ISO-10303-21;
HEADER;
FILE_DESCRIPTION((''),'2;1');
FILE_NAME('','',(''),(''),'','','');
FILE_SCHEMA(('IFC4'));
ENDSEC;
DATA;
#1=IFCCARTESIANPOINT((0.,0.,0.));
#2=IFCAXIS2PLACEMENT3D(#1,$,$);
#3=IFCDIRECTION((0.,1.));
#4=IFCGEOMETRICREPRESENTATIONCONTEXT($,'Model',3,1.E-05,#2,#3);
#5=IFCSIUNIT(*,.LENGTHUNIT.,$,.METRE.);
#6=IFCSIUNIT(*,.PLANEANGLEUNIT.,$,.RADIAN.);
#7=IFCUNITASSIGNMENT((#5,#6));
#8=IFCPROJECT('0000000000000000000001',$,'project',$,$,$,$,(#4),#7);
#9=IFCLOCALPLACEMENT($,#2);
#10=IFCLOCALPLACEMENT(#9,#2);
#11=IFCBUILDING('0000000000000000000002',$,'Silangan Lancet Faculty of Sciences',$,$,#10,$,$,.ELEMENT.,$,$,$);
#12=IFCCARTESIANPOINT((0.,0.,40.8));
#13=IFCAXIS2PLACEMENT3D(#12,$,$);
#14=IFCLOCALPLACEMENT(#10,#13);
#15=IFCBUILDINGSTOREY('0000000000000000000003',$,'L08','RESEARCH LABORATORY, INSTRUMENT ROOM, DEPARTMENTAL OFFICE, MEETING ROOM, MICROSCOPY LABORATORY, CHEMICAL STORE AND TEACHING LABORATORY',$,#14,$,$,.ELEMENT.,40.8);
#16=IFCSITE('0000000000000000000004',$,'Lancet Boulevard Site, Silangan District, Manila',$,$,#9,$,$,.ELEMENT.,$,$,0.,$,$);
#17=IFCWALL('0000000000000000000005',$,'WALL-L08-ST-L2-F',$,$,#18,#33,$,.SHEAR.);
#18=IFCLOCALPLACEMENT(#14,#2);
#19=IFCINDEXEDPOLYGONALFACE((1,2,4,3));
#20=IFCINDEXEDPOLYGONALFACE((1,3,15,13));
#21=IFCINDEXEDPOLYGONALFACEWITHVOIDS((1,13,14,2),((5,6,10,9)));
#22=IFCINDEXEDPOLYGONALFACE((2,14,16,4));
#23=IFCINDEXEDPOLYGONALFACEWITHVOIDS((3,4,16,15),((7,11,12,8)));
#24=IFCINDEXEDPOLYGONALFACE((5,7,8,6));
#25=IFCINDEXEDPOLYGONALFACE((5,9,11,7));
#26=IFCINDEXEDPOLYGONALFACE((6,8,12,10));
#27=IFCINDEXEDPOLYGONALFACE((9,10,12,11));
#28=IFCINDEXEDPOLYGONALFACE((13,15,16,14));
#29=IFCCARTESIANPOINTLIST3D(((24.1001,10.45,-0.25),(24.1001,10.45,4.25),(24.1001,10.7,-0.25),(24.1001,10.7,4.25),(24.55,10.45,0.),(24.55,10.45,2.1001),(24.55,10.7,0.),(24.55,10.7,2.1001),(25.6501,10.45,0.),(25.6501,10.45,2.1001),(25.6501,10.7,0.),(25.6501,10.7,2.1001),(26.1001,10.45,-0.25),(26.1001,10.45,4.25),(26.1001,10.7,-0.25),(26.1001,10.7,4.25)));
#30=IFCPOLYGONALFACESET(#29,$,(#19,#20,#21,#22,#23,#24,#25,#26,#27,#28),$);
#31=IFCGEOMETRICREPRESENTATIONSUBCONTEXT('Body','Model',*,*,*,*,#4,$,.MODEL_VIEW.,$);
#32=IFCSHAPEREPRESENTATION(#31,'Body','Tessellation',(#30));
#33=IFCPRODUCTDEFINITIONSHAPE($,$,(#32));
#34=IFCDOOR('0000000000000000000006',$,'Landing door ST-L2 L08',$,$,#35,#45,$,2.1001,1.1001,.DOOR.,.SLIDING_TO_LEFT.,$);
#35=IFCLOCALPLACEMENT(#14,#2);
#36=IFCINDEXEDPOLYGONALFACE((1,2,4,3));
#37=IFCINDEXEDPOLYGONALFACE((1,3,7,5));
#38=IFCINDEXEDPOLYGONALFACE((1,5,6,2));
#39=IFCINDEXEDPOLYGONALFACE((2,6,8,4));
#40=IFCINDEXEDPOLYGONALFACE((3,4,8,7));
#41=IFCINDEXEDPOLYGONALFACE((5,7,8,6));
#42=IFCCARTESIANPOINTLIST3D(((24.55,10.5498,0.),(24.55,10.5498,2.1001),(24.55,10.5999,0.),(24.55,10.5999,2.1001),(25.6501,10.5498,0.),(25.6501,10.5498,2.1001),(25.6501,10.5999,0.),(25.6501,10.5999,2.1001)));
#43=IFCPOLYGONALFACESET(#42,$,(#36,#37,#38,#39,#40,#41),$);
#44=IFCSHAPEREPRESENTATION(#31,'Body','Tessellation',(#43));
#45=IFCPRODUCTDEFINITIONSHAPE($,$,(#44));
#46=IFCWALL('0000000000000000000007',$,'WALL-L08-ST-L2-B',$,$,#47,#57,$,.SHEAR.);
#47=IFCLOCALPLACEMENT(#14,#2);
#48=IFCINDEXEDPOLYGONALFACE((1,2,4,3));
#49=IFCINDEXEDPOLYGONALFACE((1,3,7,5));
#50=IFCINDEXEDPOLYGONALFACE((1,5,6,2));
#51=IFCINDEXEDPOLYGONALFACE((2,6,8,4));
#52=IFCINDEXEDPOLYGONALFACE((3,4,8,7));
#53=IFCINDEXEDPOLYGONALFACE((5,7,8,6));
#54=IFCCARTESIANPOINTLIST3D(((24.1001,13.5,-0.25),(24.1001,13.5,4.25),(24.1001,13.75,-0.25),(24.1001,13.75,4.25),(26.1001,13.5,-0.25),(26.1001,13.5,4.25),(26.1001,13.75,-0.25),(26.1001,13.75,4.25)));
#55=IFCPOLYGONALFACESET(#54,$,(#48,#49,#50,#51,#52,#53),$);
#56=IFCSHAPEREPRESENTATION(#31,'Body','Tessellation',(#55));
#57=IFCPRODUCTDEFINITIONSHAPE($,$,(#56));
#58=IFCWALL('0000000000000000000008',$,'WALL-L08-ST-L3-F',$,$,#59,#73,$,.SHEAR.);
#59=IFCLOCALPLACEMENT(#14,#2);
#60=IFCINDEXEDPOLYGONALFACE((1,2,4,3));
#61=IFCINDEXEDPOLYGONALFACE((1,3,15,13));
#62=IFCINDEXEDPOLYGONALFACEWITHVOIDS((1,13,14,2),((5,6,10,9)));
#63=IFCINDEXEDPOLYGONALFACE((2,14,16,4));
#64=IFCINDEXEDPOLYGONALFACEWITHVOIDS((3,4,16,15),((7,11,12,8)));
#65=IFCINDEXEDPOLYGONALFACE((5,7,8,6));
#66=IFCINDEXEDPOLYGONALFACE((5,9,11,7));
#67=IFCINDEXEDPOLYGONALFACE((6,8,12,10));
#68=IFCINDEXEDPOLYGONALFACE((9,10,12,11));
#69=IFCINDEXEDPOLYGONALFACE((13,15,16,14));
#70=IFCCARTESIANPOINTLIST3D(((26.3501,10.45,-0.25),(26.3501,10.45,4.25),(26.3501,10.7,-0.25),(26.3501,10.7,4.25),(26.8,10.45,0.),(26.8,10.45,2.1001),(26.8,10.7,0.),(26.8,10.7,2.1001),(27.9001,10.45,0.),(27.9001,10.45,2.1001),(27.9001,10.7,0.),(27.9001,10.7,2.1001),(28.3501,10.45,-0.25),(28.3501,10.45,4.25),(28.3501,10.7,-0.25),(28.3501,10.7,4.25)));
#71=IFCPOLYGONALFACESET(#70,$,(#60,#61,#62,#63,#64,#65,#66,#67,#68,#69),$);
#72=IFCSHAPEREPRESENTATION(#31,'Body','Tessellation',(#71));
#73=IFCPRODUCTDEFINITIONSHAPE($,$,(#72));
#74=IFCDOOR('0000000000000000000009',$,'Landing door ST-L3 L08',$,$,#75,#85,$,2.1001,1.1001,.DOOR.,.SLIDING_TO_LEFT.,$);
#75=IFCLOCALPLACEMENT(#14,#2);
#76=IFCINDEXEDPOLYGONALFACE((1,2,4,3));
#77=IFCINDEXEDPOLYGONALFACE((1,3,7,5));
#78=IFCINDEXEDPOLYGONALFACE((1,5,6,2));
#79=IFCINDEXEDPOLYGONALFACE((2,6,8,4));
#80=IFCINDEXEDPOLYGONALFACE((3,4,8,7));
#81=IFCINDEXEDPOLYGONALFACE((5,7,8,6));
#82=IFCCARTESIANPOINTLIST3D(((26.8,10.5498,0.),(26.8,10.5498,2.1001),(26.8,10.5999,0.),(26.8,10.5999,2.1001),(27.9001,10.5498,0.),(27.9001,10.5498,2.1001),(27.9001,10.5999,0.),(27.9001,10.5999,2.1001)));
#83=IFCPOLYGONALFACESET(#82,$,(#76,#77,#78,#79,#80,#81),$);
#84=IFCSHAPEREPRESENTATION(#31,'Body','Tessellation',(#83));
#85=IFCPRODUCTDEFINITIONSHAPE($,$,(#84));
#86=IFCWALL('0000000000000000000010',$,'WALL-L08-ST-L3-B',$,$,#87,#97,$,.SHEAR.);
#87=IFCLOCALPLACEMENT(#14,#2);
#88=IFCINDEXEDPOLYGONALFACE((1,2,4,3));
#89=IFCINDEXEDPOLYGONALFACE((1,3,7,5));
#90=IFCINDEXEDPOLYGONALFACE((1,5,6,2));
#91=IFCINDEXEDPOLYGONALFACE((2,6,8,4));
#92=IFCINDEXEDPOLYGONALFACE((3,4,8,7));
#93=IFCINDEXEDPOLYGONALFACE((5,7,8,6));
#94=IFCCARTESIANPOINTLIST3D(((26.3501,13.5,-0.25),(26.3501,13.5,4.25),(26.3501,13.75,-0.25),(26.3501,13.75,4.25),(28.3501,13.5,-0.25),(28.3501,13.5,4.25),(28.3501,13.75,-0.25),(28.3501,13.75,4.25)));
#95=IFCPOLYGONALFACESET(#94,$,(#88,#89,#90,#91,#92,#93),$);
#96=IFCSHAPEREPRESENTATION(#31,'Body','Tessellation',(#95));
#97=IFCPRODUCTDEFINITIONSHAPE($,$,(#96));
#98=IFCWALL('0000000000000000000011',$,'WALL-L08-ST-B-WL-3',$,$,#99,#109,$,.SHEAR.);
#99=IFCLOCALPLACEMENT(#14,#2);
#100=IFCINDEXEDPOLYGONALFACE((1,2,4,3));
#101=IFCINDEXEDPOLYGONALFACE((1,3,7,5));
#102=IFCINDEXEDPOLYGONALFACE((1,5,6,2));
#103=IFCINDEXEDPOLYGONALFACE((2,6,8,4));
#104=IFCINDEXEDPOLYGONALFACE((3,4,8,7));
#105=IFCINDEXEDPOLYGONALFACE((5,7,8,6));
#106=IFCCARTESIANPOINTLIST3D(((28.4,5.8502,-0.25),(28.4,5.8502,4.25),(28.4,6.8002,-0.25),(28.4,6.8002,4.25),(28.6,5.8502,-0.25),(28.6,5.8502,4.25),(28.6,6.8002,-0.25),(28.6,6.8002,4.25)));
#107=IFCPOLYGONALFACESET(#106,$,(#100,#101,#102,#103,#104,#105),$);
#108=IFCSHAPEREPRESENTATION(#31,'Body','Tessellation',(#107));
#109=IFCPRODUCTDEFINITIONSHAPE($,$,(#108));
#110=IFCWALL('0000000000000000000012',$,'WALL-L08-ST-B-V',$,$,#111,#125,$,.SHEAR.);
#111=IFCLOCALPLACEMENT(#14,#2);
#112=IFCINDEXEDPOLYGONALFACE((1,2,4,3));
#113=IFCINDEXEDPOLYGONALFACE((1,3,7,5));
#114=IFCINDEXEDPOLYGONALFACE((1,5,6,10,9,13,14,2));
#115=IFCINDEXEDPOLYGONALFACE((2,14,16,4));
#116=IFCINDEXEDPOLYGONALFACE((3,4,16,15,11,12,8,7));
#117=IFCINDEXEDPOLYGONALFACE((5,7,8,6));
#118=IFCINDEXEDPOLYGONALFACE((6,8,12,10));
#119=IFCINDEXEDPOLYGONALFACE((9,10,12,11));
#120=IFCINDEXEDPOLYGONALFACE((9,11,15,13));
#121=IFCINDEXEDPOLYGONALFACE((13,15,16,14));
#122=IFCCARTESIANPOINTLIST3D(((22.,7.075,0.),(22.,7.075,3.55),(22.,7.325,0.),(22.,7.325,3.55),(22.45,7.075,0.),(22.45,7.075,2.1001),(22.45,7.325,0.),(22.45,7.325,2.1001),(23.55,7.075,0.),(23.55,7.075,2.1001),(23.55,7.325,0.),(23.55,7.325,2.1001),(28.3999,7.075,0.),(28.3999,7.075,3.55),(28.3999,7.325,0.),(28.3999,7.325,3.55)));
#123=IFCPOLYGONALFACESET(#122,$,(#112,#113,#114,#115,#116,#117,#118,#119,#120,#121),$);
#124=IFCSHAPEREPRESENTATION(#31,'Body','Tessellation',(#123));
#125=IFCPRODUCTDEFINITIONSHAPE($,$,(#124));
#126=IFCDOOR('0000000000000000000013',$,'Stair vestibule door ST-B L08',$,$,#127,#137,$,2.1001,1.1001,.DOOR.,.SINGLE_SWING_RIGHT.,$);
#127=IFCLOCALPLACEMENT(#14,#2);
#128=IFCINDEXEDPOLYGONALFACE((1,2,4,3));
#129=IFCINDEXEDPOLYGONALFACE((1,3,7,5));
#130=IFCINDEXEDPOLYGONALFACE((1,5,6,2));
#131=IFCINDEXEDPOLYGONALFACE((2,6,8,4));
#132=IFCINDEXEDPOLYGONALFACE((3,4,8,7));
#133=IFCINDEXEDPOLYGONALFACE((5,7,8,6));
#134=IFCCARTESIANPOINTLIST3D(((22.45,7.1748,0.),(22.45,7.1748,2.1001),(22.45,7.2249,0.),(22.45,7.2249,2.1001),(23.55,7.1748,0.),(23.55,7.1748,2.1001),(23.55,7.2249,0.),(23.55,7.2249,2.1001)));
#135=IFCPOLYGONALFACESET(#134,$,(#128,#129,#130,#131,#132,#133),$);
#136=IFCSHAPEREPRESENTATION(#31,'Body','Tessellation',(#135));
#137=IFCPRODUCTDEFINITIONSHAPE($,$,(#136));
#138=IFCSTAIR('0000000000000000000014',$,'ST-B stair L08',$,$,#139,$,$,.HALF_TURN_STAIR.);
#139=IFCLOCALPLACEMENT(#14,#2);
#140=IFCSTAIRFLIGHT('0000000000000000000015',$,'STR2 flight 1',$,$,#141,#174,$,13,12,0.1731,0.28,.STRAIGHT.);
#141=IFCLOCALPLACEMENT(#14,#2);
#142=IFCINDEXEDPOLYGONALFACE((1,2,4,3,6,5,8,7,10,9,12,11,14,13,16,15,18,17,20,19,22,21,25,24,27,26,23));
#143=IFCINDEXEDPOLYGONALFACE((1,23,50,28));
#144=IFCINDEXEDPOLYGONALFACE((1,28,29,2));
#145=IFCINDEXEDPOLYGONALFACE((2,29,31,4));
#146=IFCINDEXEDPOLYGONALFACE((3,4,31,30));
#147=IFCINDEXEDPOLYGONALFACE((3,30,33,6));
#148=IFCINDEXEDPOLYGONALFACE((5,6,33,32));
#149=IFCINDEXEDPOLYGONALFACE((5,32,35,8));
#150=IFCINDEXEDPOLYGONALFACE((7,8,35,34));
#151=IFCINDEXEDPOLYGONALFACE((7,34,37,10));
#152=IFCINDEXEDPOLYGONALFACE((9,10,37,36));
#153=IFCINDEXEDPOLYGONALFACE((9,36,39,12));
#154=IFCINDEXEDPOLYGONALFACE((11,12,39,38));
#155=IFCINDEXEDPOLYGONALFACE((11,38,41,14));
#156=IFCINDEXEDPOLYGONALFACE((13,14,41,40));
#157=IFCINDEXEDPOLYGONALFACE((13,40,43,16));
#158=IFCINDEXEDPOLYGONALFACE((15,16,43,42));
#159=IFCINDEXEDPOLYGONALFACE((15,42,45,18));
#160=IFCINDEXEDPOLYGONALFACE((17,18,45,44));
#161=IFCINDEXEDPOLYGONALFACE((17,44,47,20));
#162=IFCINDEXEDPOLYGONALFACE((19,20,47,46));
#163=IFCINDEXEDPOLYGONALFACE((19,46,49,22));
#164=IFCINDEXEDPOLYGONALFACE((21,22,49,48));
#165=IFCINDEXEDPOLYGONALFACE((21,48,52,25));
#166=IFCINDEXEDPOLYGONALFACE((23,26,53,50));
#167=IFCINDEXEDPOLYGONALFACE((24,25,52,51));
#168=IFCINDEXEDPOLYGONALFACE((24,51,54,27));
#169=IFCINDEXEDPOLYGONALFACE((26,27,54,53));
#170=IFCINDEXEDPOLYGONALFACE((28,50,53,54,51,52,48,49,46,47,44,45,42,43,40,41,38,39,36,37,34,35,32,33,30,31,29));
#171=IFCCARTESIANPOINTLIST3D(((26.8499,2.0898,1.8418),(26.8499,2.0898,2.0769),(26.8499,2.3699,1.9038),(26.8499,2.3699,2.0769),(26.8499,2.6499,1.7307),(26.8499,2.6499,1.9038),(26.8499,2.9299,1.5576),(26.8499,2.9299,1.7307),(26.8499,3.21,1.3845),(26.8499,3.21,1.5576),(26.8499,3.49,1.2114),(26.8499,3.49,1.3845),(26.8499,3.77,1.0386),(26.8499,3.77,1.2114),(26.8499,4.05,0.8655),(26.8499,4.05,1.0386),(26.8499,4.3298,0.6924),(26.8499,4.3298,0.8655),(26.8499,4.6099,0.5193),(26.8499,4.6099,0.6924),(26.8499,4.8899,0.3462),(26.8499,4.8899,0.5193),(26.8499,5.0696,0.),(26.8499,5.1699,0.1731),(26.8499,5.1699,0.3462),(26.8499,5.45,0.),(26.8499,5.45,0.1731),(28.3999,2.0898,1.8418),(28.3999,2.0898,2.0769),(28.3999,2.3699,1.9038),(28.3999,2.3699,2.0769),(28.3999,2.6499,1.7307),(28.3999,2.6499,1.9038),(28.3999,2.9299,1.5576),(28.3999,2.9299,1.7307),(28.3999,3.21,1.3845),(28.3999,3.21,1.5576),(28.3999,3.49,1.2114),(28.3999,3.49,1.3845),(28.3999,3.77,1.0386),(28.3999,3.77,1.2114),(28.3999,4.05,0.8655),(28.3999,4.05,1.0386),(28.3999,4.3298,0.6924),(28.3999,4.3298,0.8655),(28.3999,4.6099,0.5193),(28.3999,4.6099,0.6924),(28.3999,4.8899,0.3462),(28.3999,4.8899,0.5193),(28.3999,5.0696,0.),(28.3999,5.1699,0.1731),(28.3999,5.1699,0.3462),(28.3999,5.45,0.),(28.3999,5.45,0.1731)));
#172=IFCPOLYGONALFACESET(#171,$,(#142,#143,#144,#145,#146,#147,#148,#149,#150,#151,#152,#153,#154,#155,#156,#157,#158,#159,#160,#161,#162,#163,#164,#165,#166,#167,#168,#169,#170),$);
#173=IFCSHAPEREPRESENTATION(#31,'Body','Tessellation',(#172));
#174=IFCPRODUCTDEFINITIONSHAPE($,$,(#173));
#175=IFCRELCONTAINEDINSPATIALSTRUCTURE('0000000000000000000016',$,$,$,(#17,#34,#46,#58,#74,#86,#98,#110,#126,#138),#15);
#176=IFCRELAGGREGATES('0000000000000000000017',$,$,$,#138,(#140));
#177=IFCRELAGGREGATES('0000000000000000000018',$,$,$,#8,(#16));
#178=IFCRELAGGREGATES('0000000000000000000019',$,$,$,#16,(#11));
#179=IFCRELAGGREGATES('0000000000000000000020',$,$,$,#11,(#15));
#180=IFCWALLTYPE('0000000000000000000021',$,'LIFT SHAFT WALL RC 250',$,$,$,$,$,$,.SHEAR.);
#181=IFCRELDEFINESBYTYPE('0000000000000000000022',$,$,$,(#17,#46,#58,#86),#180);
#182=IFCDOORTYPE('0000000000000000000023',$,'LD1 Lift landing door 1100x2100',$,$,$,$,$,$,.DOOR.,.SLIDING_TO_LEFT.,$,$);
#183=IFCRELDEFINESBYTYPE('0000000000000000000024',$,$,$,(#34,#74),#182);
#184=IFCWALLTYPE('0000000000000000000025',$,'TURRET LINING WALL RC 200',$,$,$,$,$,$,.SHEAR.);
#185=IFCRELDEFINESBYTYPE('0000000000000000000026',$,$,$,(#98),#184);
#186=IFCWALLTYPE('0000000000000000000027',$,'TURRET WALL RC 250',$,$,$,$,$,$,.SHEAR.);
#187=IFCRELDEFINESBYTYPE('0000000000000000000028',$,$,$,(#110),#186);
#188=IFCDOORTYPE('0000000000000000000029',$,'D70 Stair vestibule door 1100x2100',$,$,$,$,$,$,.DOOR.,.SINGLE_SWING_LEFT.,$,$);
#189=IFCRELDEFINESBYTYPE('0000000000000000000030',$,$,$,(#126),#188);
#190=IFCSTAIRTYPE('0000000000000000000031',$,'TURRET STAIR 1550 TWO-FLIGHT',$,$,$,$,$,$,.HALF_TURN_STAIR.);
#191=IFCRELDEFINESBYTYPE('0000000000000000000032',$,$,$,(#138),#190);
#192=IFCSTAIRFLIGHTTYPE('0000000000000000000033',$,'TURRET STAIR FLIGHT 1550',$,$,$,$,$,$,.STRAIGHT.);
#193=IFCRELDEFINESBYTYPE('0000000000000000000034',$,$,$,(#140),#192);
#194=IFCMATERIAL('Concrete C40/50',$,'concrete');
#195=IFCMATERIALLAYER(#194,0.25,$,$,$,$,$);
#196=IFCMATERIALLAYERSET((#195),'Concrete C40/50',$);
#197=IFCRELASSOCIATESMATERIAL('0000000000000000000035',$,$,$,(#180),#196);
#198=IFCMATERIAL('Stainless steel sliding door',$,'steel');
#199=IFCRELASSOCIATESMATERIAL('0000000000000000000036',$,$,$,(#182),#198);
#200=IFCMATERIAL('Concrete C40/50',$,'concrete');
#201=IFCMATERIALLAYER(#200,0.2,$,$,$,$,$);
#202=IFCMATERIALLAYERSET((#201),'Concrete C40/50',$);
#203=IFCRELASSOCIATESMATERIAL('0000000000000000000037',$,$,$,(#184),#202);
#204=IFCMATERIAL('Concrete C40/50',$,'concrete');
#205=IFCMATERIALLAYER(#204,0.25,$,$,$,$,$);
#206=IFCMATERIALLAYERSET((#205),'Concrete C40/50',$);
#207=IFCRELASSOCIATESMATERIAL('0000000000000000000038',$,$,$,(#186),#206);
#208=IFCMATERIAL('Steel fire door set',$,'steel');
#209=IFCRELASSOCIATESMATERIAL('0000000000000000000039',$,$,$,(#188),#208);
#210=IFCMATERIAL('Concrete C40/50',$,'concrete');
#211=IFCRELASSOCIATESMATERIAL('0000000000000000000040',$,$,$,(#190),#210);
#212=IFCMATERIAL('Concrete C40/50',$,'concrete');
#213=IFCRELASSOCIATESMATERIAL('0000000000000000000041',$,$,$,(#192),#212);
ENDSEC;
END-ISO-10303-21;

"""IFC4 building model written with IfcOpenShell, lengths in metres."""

from ifc_helpers import new_model, si_unit, direction, frame, frame_2d, origin, place, context, subcontext, project, spatial, polyline, rectangle, outline, extrude, material, layer, layer_set, type_object, element, fill, aggregate, save


model = new_model("IFC4")

# Units and contexts
model_context = context("Model", 3, precision=1e-05, world=origin(), true_north=direction((0.0, 1.0)))
body_context = subcontext(model_context, "Body", "Model", "MODEL_VIEW")
ifc_project = project(units=[si_unit("LENGTHUNIT", "METRE"), si_unit("PLANEANGLEUNIT", "RADIAN")], contexts=[model_context])

# Site, building, storey
site_placement = place(None, origin())
site = spatial("IfcSite", under=ifc_project, at=site_placement, Name="Lancet Boulevard Site, Silangan District, Manila", CompositionType="ELEMENT", RefElevation=0.0)
building_placement = place(site_placement, origin())
building = spatial("IfcBuilding", under=site, at=building_placement, Name="Silangan Lancet Faculty of Sciences", CompositionType="ELEMENT")
storey_placement = place(building_placement, frame((0.0, 0.0, 40.8)))
storey = spatial("IfcBuildingStorey", under=building, at=storey_placement, Name="L08", Description="RESEARCH LABORATORY, INSTRUMENT ROOM, DEPARTMENTAL OFFICE, MEETING ROOM, MICROSCOPY LABORATORY, CHEMICAL STORE AND TEACHING LABORATORY", CompositionType="ELEMENT", Elevation=40.8)

# Shared definitions
ifc_material_1 = material(Name="Concrete C40/50", Category="concrete")
ifc_layer_1 = layer(ifc_material_1, 0.25)
ifc_layer_set_1 = layer_set([ifc_layer_1], Name="Concrete C40/50")
wall_type_1 = type_object("IfcWallType", Name="LIFT SHAFT WALL RC 250", PredefinedType="SHEAR", material=ifc_layer_set_1)

# Shared definitions
ifc_material_2 = material(Name="Stainless steel sliding door", Category="steel")
door_type_1 = type_object("IfcDoorType", Name="LD1 Lift landing door 1100x2100", OperationType="SLIDING_TO_LEFT", PredefinedType="DOOR", material=ifc_material_2)

# Wall, opening, door
wall_1_placement = place(storey_placement, frame((24.1001, 10.575, -0.25), z_axis=(0.0, 0.0, 1.0), x_axis=(1.0, 0.0, 0.0)))
wall_1 = element("IfcWall", 1, at=wall_1_placement, inside=storey, type_object=wall_type_1, Name="WALL-L08-ST-L2-F", PredefinedType="SHEAR", context=body_context, shape_type="SweptSolid", body=[
    extrude(rectangle(XDim=2.0, YDim=0.25, at=frame_2d((1.0, 0.0))), origin(), (0.0, 0.0, 1.0), 4.5),
])
opening_1_placement = place(wall_1_placement, frame((0.45, 0.0, 0.25)))
opening_1 = element("IfcOpeningElement", 2, at=opening_1_placement, cuts=wall_1, PredefinedType="OPENING", context=body_context, shape_type="SweptSolid", body=[
    extrude(rectangle(XDim=1.1001, YDim=2.1001, at=frame_2d((0.55, 1.05))), frame((0.0, 0.135, 0.0), z_axis=(0.0, -1.0, 0.0), x_axis=(1.0, 0.0, 0.0)), (0.0, 0.0, 1.0), 0.27),
])
door_1_placement = place(opening_1_placement, origin())
door_1 = element("IfcDoor", 3, at=door_1_placement, inside=storey, type_object=door_type_1, Name="Landing door ST-L2 L08", OperationType="SLIDING_TO_LEFT", OverallHeight=2.1001, OverallWidth=1.1001, PredefinedType="DOOR", context=body_context, shape_type="SweptSolid", body=[
    extrude(rectangle(XDim=1.1001, YDim=2.1001, at=frame_2d((0.55, 1.05))), frame((0.0, 0.0249, 0.0), z_axis=(0.0, -1.0, 0.0), x_axis=(1.0, 0.0, 0.0)), (0.0, 0.0, 1.0), 0.05),
])
fill(opening_1, door_1)

# Wall
wall_2_placement = place(storey_placement, frame((24.1001, 13.625, -0.25), z_axis=(0.0, 0.0, 1.0), x_axis=(1.0, 0.0, 0.0)))
element("IfcWall", 4, at=wall_2_placement, inside=storey, type_object=wall_type_1, Name="WALL-L08-ST-L2-B", PredefinedType="SHEAR", context=body_context, shape_type="SweptSolid", body=[
    extrude(rectangle(XDim=2.0, YDim=0.25, at=frame_2d((1.0, 0.0))), origin(), (0.0, 0.0, 1.0), 4.5),
])

# Wall, opening, door
wall_3_placement = place(storey_placement, frame((26.3501, 10.575, -0.25), z_axis=(0.0, 0.0, 1.0), x_axis=(1.0, 0.0, 0.0)))
wall_3 = element("IfcWall", 5, at=wall_3_placement, inside=storey, type_object=wall_type_1, Name="WALL-L08-ST-L3-F", PredefinedType="SHEAR", context=body_context, shape_type="SweptSolid", body=[
    extrude(rectangle(XDim=2.0, YDim=0.25, at=frame_2d((1.0, 0.0))), origin(), (0.0, 0.0, 1.0), 4.5),
])
opening_2_placement = place(wall_3_placement, frame((0.45, 0.0, 0.25)))
opening_2 = element("IfcOpeningElement", 6, at=opening_2_placement, cuts=wall_3, PredefinedType="OPENING", context=body_context, shape_type="SweptSolid", body=[
    extrude(rectangle(XDim=1.1001, YDim=2.1001, at=frame_2d((0.55, 1.05))), frame((0.0, 0.135, 0.0), z_axis=(0.0, -1.0, 0.0), x_axis=(1.0, 0.0, 0.0)), (0.0, 0.0, 1.0), 0.27),
])
door_2_placement = place(opening_2_placement, origin())
door_2 = element("IfcDoor", 7, at=door_2_placement, inside=storey, type_object=door_type_1, Name="Landing door ST-L3 L08", OperationType="SLIDING_TO_LEFT", OverallHeight=2.1001, OverallWidth=1.1001, PredefinedType="DOOR", context=body_context, shape_type="SweptSolid", body=[
    extrude(rectangle(XDim=1.1001, YDim=2.1001, at=frame_2d((0.55, 1.05))), frame((0.0, 0.0249, 0.0), z_axis=(0.0, -1.0, 0.0), x_axis=(1.0, 0.0, 0.0)), (0.0, 0.0, 1.0), 0.05),
])
fill(opening_2, door_2)

# Walls
wall_4_placement = place(storey_placement, frame((26.3501, 13.625, -0.25), z_axis=(0.0, 0.0, 1.0), x_axis=(1.0, 0.0, 0.0)))
element("IfcWall", 8, at=wall_4_placement, inside=storey, type_object=wall_type_1, Name="WALL-L08-ST-L3-B", PredefinedType="SHEAR", context=body_context, shape_type="SweptSolid", body=[
    extrude(rectangle(XDim=2.0, YDim=0.25, at=frame_2d((1.0, 0.0))), origin(), (0.0, 0.0, 1.0), 4.5),
])
ifc_material_3 = material(Name="Concrete C40/50", Category="concrete")
ifc_layer_2 = layer(ifc_material_3, 0.2)
ifc_layer_set_2 = layer_set([ifc_layer_2], Name="Concrete C40/50")
wall_type_2 = type_object("IfcWallType", Name="TURRET LINING WALL RC 200", PredefinedType="SHEAR", material=ifc_layer_set_2)
wall_5_placement = place(storey_placement, frame((28.5, 5.8501, -0.25), z_axis=(0.0, 0.0, 1.0), x_axis=(0.0, 1.0, 0.0)))
element("IfcWall", 9, at=wall_5_placement, inside=storey, type_object=wall_type_2, Name="WALL-L08-ST-B-WL-3", PredefinedType="SHEAR", context=body_context, shape_type="SweptSolid", body=[
    extrude(rectangle(XDim=0.95, YDim=0.2, at=frame_2d((0.4751, 0.0))), origin(), (0.0, 0.0, 1.0), 4.5),
])

# Wall, opening, door
ifc_material_4 = material(Name="Concrete C40/50", Category="concrete")
ifc_layer_3 = layer(ifc_material_4, 0.25)
ifc_layer_set_3 = layer_set([ifc_layer_3], Name="Concrete C40/50")
wall_type_3 = type_object("IfcWallType", Name="TURRET WALL RC 250", PredefinedType="SHEAR", material=ifc_layer_set_3)
wall_6_placement = place(storey_placement, frame((22.0, 7.2, 0.0), z_axis=(0.0, 0.0, 1.0), x_axis=(1.0, 0.0, 0.0)))
wall_6 = element("IfcWall", 10, at=wall_6_placement, inside=storey, type_object=wall_type_3, Name="WALL-L08-ST-B-V", PredefinedType="SHEAR", context=body_context, shape_type="SweptSolid", body=[
    extrude(rectangle(XDim=6.3999, YDim=0.25, at=frame_2d((3.2, 0.0))), origin(), (0.0, 0.0, 1.0), 3.55),
])
opening_3_placement = place(wall_6_placement, frame((0.45, 0.0, 0.0)))
opening_3 = element("IfcOpeningElement", 11, at=opening_3_placement, cuts=wall_6, PredefinedType="OPENING", context=body_context, shape_type="SweptSolid", body=[
    extrude(rectangle(XDim=1.1001, YDim=2.1001, at=frame_2d((0.55, 1.05))), frame((0.0, 0.135, 0.0), z_axis=(0.0, -1.0, 0.0), x_axis=(1.0, 0.0, 0.0)), (0.0, 0.0, 1.0), 0.27),
])
ifc_material_5 = material(Name="Steel fire door set", Category="steel")
door_type_2 = type_object("IfcDoorType", Name="D70 Stair vestibule door 1100x2100", OperationType="SINGLE_SWING_LEFT", PredefinedType="DOOR", material=ifc_material_5)
door_3_placement = place(opening_3_placement, frame((1.1001, 0.0, 0.0), z_axis=(0.0, 0.0, 1.0), x_axis=(-1.0, 0.0, 0.0)))
door_3 = element("IfcDoor", 12, at=door_3_placement, inside=storey, type_object=door_type_2, Name="Stair vestibule door ST-B L08", OperationType="SINGLE_SWING_RIGHT", OverallHeight=2.1001, OverallWidth=1.1001, PredefinedType="DOOR", context=body_context, shape_type="SweptSolid", body=[
    extrude(rectangle(XDim=1.1001, YDim=2.1001, at=frame_2d((0.55, 1.05))), frame((0.0, 0.0251, 0.0), z_axis=(0.0, -1.0, 0.0), x_axis=(1.0, 0.0, 0.0)), (0.0, 0.0, 1.0), 0.05),
])
fill(opening_3, door_3)

# Stair, stair flight
ifc_material_6 = material(Name="Concrete C40/50", Category="concrete")
stair_type = type_object("IfcStairType", Name="TURRET STAIR 1550 TWO-FLIGHT", PredefinedType="HALF_TURN_STAIR", material=ifc_material_6)
stair_placement = place(storey_placement, origin())
stair = element("IfcStair", 13, at=stair_placement, inside=storey, type_object=stair_type, Name="ST-B stair L08", PredefinedType="HALF_TURN_STAIR")
ifc_material_7 = material(Name="Concrete C40/50", Category="concrete")
stair_flight_type = type_object("IfcStairFlightType", Name="TURRET STAIR FLIGHT 1550", PredefinedType="STRAIGHT", material=ifc_material_7)
stair_flight_placement = place(storey_placement, frame((27.625, 5.45, 0.0), z_axis=(0.0, 0.0, 1.0), x_axis=(0.0, -1.0, 0.0)))
stair_flight = element("IfcStairFlight", 14, at=stair_flight_placement, type_object=stair_flight_type, Name="STR2 flight 1", NumberOfRisers=13, NumberOfTreads=12, PredefinedType="STRAIGHT", RiserHeight=0.1731, TreadLength=0.28, context=body_context, shape_type="SweptSolid", body=[
    extrude(outline(polyline([(0.0, 0.0), (0.0, 0.1731), (0.28, 0.1731), (0.28, 0.3462), (0.5601, 0.3462), (0.5601, 0.5193), (0.8401, 0.5193), (0.8401, 0.6924), (1.1201, 0.6924), (1.1201, 0.8655), (1.3999, 0.8655), (1.3999, 1.0386), (1.6799, 1.0386), (1.6799, 1.2114), (1.96, 1.2114), (1.96, 1.3845), (2.24, 1.3845), (2.24, 1.5576), (2.52, 1.5576), (2.52, 1.7307), (2.8, 1.7307), (2.8, 1.9038), (3.0801, 1.9038), (3.0801, 2.0769), (3.3601, 2.0769), (3.3601, 2.25), (3.3601, 1.8418), (0.3804, 0.0), (0.0, 0.0)])), frame((0.0, 0.7749, 0.0), z_axis=(0.0, -1.0, 0.0), x_axis=(1.0, 0.0, 0.0)), (0.0, 0.0, 1.0), 1.55),
])
aggregate(stair, [stair_flight])

save(model, "model.ifc")
